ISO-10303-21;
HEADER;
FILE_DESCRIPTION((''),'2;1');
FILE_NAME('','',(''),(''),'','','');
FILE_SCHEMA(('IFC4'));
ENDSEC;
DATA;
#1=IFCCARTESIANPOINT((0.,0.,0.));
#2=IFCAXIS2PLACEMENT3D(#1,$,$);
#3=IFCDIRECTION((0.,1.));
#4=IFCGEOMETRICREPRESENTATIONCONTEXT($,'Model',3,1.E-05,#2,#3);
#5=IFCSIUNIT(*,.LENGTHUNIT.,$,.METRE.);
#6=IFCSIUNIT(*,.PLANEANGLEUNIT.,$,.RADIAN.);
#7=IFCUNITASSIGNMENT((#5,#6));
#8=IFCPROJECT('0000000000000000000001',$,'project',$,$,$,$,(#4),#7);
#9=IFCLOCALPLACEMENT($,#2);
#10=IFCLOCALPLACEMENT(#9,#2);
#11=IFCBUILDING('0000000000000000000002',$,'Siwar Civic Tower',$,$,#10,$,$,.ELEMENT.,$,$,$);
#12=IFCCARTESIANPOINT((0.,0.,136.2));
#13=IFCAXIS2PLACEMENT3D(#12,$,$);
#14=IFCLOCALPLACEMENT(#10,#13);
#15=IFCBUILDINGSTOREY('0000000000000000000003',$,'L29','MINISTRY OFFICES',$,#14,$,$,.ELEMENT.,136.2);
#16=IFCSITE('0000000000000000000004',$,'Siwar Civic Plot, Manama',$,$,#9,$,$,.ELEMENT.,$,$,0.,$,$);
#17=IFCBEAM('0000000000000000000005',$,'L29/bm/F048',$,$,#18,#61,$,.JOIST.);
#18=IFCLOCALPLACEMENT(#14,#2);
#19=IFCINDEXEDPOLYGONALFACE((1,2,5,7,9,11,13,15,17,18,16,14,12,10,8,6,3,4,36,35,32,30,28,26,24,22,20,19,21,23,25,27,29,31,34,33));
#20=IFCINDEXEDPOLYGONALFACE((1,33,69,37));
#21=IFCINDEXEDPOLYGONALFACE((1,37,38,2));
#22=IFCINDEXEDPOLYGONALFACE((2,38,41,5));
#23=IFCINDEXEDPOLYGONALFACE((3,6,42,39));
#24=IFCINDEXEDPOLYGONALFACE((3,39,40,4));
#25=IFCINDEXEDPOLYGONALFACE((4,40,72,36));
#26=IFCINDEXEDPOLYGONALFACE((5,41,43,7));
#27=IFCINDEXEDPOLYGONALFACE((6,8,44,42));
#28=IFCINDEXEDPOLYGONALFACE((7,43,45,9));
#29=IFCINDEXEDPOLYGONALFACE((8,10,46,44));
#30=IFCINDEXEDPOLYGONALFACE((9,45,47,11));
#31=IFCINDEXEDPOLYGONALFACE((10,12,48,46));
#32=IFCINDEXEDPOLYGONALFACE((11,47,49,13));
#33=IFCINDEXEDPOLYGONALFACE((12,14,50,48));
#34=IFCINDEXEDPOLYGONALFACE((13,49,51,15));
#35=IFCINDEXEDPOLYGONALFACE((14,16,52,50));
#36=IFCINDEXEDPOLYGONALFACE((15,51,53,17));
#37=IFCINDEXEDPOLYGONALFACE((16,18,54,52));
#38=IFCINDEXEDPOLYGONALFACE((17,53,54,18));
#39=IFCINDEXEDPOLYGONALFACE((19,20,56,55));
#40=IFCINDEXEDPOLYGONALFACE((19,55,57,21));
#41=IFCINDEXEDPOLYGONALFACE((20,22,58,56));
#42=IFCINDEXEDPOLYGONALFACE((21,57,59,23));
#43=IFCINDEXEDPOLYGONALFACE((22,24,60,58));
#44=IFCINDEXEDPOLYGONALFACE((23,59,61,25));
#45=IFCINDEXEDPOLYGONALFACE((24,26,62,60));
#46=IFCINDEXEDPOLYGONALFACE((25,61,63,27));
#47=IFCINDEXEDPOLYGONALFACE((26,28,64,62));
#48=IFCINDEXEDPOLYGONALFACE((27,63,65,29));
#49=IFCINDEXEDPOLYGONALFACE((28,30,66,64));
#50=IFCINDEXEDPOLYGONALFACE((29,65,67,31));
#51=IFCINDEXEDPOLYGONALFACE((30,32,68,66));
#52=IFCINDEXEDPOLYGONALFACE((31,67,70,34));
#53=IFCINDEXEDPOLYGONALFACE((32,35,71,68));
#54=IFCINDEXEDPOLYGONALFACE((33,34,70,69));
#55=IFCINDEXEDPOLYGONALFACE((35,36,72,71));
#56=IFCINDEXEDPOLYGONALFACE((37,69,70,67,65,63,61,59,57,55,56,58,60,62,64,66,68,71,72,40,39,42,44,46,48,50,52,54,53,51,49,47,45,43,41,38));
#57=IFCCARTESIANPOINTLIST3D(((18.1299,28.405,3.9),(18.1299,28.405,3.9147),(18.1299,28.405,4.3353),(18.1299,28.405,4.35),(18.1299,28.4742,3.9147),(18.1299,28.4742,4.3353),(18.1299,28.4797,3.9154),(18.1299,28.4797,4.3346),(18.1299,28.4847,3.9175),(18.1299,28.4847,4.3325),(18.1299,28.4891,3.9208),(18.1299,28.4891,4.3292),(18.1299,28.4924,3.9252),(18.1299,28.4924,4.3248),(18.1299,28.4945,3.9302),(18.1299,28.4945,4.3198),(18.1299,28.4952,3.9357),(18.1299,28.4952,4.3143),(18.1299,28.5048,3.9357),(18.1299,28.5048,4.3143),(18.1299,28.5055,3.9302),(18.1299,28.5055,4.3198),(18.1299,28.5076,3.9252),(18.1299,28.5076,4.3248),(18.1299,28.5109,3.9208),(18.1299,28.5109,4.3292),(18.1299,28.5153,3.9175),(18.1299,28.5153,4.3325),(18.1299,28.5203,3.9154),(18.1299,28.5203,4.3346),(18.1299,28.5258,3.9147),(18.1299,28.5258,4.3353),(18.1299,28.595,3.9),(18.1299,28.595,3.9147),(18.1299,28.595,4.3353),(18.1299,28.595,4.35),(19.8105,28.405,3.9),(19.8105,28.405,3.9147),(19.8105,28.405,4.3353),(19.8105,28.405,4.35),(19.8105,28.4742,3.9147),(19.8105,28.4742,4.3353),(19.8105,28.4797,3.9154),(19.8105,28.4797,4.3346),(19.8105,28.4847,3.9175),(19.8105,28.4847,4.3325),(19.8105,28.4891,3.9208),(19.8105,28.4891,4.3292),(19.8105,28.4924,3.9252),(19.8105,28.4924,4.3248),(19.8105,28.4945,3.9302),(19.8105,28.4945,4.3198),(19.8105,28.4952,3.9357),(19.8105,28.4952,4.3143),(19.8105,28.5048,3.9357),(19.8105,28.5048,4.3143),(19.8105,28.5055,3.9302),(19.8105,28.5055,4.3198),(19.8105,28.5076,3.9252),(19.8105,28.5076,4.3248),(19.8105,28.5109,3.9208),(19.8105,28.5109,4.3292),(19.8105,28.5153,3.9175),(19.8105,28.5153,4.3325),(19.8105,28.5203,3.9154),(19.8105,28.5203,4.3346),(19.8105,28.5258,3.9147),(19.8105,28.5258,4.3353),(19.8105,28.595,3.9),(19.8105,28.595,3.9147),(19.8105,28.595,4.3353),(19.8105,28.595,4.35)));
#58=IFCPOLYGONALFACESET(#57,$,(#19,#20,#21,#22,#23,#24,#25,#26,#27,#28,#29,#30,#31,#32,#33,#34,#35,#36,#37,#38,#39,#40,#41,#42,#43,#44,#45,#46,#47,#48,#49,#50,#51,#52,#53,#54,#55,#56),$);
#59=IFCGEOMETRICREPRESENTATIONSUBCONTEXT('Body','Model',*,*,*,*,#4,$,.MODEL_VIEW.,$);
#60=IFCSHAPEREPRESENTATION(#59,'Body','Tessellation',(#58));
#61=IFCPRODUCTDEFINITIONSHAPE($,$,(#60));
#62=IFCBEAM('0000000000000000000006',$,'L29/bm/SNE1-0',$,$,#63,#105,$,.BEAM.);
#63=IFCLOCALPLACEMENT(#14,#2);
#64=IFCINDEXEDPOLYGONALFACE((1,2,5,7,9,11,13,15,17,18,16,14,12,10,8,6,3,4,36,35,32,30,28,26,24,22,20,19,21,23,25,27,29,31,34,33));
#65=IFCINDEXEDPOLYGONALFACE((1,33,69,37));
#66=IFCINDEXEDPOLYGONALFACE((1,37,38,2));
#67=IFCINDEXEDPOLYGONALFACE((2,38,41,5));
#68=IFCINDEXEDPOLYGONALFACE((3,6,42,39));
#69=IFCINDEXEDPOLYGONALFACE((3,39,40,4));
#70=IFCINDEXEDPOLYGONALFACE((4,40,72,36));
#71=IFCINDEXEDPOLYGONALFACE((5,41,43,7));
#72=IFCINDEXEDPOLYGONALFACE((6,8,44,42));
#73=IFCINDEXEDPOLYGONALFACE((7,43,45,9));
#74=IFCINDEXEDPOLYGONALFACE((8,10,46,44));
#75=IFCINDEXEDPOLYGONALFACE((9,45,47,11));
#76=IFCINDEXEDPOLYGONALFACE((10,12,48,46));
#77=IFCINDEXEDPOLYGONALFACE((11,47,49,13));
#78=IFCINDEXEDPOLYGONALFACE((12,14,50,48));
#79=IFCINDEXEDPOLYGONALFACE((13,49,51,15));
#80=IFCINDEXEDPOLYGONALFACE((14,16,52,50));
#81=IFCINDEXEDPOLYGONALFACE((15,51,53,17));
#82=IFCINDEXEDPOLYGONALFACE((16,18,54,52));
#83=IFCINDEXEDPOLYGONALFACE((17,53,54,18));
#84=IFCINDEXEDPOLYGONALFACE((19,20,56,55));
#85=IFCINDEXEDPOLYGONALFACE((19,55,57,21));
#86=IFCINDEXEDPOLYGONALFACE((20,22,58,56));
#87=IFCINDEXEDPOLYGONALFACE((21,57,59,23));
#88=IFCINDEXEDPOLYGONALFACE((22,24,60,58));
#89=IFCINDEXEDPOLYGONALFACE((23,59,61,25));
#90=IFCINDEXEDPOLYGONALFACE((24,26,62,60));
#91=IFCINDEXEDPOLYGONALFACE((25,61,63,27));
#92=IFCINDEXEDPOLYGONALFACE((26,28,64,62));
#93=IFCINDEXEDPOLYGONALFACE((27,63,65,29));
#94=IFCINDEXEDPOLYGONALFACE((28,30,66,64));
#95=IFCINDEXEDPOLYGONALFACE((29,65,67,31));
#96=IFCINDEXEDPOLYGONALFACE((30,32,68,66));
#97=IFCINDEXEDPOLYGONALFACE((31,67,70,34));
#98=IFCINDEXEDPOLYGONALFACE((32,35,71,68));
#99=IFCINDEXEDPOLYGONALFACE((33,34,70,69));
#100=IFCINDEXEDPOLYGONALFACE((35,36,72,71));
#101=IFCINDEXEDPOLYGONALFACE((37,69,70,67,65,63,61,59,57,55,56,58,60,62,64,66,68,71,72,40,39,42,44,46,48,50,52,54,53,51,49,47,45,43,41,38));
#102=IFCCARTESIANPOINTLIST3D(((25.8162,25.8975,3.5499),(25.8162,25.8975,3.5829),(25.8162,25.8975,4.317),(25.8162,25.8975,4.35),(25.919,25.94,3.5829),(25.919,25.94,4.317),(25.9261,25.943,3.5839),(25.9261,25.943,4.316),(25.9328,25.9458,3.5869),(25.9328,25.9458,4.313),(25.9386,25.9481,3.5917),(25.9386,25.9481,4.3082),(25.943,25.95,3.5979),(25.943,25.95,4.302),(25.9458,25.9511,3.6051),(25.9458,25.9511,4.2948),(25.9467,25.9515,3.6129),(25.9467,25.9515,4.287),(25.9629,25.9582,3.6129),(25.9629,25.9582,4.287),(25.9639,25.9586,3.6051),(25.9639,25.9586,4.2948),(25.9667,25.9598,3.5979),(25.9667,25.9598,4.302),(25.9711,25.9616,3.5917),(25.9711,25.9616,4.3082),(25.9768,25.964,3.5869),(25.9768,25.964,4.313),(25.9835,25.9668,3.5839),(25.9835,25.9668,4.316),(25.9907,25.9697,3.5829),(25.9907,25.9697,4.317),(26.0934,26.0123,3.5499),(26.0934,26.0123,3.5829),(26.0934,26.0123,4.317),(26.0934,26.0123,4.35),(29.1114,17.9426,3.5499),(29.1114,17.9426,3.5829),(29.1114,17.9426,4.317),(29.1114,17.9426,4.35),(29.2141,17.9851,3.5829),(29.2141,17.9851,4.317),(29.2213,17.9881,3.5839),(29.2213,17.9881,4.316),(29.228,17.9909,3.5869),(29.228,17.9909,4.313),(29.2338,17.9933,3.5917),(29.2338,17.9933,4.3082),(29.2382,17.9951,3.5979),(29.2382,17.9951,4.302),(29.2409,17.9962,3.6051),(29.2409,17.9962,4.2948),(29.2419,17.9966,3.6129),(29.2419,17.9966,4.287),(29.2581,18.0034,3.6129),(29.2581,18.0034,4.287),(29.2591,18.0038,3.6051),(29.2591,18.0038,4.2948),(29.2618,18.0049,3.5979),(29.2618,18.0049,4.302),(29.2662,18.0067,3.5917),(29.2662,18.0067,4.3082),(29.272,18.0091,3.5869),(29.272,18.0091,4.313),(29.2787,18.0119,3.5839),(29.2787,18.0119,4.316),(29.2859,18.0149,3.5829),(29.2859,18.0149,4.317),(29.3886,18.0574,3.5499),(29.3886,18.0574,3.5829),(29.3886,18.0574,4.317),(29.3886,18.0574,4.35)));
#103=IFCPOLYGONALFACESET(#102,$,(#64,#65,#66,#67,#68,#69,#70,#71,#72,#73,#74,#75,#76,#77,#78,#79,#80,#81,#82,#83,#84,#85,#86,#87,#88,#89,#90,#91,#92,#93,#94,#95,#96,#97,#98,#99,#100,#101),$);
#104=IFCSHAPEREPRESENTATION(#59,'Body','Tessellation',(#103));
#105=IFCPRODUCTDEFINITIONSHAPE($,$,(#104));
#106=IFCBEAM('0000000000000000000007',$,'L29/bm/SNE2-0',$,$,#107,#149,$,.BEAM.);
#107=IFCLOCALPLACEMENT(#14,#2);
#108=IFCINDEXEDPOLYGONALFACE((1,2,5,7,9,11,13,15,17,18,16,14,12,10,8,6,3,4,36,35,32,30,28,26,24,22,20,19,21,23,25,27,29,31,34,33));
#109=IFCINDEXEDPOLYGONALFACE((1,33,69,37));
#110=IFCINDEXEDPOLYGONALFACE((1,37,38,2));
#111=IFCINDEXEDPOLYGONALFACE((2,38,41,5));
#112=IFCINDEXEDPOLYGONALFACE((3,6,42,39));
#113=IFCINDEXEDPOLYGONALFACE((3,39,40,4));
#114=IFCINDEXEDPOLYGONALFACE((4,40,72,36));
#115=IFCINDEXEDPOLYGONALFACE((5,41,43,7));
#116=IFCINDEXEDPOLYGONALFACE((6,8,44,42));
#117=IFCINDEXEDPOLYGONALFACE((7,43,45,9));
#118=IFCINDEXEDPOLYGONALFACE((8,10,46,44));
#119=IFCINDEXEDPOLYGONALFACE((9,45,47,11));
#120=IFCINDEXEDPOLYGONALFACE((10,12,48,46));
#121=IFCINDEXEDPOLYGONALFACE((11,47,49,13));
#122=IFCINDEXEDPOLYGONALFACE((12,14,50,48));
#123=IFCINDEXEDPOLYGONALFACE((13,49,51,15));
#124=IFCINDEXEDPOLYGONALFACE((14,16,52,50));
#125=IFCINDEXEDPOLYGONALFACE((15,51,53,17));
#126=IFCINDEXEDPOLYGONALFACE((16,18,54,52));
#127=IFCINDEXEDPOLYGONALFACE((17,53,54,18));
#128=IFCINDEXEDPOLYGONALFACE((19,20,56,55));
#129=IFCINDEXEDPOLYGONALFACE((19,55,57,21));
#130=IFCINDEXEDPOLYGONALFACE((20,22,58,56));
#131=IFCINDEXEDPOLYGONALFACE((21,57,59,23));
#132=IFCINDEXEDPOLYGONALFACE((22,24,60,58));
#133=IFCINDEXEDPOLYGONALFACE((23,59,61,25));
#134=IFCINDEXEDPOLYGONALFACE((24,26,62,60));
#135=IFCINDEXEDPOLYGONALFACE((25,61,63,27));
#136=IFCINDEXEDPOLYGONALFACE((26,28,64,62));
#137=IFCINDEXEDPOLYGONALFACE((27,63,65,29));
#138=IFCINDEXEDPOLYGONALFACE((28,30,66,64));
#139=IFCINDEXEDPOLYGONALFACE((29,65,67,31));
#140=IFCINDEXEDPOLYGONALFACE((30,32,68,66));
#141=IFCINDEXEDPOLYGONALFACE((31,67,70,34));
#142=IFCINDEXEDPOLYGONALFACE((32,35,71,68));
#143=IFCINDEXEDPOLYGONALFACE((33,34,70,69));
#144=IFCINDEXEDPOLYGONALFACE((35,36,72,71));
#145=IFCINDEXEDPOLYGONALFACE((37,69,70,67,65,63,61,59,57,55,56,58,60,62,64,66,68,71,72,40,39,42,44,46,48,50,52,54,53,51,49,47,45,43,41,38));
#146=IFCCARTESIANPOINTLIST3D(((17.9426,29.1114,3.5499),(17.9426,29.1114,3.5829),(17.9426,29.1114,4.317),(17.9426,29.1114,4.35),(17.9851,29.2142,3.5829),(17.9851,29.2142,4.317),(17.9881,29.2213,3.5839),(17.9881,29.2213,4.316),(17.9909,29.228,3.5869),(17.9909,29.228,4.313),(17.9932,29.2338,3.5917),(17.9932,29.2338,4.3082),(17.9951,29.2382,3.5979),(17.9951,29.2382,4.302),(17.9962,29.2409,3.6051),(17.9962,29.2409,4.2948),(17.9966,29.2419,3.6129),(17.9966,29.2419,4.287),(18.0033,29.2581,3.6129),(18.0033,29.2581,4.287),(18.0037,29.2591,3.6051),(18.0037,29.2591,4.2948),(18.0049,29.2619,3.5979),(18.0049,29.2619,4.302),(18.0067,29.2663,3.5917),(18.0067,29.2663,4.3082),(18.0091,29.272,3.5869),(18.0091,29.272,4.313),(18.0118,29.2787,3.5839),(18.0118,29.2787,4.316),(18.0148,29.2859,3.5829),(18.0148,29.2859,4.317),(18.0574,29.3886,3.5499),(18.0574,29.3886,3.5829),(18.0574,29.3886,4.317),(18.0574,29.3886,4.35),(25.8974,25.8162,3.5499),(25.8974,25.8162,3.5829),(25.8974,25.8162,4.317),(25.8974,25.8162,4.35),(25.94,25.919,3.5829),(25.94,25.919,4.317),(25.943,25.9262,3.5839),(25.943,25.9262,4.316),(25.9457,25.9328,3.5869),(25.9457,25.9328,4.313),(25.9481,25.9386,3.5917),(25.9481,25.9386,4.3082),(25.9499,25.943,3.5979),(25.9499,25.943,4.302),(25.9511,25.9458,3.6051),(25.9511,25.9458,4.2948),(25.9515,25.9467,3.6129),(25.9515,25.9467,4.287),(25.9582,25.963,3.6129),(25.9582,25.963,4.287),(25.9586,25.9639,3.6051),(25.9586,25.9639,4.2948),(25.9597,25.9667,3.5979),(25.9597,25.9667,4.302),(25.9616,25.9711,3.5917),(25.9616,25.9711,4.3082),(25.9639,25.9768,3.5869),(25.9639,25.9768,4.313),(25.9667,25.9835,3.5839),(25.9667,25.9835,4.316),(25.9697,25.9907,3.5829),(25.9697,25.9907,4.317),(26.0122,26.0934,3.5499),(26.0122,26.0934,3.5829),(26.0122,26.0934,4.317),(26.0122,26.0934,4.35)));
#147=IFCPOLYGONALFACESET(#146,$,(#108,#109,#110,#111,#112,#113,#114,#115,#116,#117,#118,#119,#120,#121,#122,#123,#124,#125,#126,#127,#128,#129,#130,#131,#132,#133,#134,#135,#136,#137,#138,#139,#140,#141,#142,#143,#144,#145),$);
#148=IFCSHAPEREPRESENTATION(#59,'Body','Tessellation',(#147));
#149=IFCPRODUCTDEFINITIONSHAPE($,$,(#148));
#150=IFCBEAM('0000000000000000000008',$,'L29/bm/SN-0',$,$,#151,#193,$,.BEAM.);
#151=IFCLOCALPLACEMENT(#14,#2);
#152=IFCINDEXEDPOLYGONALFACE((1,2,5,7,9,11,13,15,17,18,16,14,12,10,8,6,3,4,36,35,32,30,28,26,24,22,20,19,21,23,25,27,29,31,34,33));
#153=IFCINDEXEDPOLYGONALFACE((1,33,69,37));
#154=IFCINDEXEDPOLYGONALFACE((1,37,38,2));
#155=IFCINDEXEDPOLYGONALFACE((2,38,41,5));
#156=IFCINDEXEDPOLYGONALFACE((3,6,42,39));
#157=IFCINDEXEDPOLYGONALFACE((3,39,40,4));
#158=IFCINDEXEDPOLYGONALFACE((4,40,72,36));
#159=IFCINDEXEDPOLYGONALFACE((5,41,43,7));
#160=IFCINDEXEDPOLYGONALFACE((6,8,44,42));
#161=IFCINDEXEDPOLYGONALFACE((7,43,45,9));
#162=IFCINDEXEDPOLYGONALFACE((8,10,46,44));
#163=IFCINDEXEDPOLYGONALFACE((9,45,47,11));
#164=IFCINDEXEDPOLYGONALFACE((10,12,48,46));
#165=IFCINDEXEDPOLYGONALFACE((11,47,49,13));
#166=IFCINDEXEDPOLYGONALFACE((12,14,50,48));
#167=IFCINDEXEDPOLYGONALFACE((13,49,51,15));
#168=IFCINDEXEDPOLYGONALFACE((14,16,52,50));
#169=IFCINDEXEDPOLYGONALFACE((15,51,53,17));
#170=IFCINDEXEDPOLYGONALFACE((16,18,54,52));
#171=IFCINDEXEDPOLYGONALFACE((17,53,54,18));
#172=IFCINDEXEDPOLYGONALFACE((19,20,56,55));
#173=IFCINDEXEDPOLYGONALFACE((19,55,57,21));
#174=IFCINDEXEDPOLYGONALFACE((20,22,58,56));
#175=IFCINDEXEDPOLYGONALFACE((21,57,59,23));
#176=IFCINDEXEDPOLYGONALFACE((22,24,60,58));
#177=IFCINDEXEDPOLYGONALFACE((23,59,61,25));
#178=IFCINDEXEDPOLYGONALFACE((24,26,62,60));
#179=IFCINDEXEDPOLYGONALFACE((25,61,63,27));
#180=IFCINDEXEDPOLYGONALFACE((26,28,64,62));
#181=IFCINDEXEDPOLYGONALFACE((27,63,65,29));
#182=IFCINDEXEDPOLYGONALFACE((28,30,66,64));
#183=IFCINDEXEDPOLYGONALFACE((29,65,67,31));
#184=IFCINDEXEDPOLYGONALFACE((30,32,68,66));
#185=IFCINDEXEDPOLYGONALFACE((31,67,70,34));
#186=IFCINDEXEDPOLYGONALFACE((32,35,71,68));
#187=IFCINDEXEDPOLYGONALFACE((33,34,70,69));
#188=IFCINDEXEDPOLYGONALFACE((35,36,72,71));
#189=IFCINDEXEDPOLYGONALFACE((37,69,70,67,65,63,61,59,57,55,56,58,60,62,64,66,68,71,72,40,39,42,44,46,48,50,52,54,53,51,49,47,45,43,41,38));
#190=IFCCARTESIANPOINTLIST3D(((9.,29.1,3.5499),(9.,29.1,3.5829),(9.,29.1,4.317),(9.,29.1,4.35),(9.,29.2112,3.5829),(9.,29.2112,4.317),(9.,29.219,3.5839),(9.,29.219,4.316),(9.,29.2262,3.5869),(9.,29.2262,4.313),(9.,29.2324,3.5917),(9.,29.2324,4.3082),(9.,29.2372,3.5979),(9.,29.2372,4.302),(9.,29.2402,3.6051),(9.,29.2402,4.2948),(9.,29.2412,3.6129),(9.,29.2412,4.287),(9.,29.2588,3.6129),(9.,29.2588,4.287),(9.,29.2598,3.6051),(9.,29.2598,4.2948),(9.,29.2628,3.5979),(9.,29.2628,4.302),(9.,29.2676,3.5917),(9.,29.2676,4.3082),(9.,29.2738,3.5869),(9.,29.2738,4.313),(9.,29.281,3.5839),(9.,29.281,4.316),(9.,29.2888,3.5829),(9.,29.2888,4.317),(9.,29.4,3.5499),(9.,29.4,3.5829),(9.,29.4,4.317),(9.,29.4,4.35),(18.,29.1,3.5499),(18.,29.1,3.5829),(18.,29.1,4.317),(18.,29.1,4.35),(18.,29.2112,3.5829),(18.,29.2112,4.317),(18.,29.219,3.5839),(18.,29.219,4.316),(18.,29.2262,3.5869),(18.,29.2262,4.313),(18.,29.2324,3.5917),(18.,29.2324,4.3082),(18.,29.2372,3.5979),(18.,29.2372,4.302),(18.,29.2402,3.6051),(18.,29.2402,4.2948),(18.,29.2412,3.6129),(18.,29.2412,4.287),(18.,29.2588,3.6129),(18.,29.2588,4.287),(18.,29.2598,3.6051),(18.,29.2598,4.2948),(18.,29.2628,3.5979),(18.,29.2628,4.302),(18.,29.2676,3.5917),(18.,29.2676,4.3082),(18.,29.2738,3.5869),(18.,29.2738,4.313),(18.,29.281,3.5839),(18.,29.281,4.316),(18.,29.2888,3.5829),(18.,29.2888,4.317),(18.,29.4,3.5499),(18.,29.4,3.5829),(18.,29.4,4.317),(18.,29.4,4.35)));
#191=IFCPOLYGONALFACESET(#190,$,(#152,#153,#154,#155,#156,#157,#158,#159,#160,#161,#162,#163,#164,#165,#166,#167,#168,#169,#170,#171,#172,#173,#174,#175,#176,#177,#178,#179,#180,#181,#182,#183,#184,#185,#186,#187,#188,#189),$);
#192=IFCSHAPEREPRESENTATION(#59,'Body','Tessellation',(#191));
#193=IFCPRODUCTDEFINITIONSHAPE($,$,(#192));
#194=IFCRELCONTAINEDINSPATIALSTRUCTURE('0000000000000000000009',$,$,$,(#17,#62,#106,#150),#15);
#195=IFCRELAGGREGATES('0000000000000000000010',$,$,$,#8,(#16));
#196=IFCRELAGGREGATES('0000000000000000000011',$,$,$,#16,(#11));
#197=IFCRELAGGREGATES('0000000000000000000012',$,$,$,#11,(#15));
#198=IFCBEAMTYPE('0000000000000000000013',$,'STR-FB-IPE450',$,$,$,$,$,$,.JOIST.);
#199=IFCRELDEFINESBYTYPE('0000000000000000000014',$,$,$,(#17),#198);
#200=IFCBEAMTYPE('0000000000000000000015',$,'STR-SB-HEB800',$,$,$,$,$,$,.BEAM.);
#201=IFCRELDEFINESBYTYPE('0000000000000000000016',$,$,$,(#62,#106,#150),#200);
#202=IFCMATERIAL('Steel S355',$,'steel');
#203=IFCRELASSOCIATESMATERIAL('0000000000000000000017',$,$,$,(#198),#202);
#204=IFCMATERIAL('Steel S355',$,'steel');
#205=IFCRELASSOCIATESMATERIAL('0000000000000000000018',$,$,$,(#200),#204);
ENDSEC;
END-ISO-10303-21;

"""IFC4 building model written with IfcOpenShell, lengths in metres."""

from ifc_helpers import new_model, si_unit, direction, frame, origin, origin_2d, place, context, subcontext, project, spatial, i_section, extrude, material, material_profile, profile_set, type_object, element, save


model = new_model("IFC4")

# Units and contexts
model_context = context("Model", 3, precision=1e-05, world=origin(), true_north=direction((0.0, 1.0)))
body_context = subcontext(model_context, "Body", "Model", "MODEL_VIEW")
ifc_project = project(units=[si_unit("LENGTHUNIT", "METRE"), si_unit("PLANEANGLEUNIT", "RADIAN")], contexts=[model_context])

# Site, building, storey
site_placement = place(None, origin())
site = spatial("IfcSite", under=ifc_project, at=site_placement, Name="Siwar Civic Plot, Manama", CompositionType="ELEMENT", RefElevation=0.0)
building_placement = place(site_placement, origin())
building = spatial("IfcBuilding", under=site, at=building_placement, Name="Siwar Civic Tower", CompositionType="ELEMENT")
storey_placement = place(building_placement, frame((0.0, 0.0, 136.2)))
storey = spatial("IfcBuildingStorey", under=building, at=storey_placement, Name="L29", Description="MINISTRY OFFICES", CompositionType="ELEMENT", Elevation=136.2)

# Beams
ifc_material_1 = material(Name="Steel S355", Category="steel")
ifc_material_profile_1 = material_profile(ifc_material_1, i_section(OverallWidth=0.1899, OverallDepth=0.45, WebThickness=0.0095, FlangeThickness=0.0146, FilletRadius=0.021, at=origin_2d()), Name="IPE450")
ifc_profile_set_1 = profile_set([ifc_material_profile_1], Name="Steel S355")
beam_type_1 = type_object("IfcBeamType", Name="STR-FB-IPE450", PredefinedType="JOIST", material=ifc_profile_set_1)
beam_1_placement = place(storey_placement, frame((18.1299, 28.5, 4.125), z_axis=(1.0, 0.0, 0.0), x_axis=(0.0, 1.0, 0.0)))
element("IfcBeam", 1, at=beam_1_placement, inside=storey, type_object=beam_type_1, Name="L29/bm/F048", PredefinedType="JOIST", context=body_context, shape_type="SweptSolid", body=[
    extrude(i_section(OverallWidth=0.1899, OverallDepth=0.45, WebThickness=0.0095, FlangeThickness=0.0146, FilletRadius=0.021, at=origin_2d()), origin(), (0.0, 0.0, 1.0), 1.6807),
])
ifc_material_2 = material(Name="Steel S355", Category="steel")
ifc_material_profile_2 = material_profile(ifc_material_2, i_section(OverallWidth=0.3, OverallDepth=0.8, WebThickness=0.0176, FlangeThickness=0.033, FilletRadius=0.03, at=origin_2d()), Name="HEB800")
ifc_profile_set_2 = profile_set([ifc_material_profile_2], Name="Steel S355")
beam_type_2 = type_object("IfcBeamType", Name="STR-SB-HEB800", PredefinedType="BEAM", material=ifc_profile_set_2)
for number, where, z_axis, x_axis, name in (
    (2, (29.25, 18.0, 3.95), (-0.3827, 0.923873, 0.0), (-0.923873, -0.3827, 0.0), "L29/bm/SNE1-0"),
    (3, (25.9548, 25.9548, 3.95), (-0.923873, 0.3827, 0.0), (-0.3827, -0.923873, 0.0), "L29/bm/SNE2-0"),
):
    element("IfcBeam", number, at=place(storey_placement, frame(where, z_axis=z_axis, x_axis=x_axis)), inside=storey, type_object=beam_type_2, Name=name, PredefinedType="BEAM", context=body_context, shape_type="SweptSolid", body=[
        extrude(i_section(OverallWidth=0.3, OverallDepth=0.8, WebThickness=0.0176, FlangeThickness=0.033, FilletRadius=0.03, at=origin_2d()), origin(), (0.0, 0.0, 1.0), 8.6104),
    ])
beam_2_placement = place(storey_placement, frame((18.0, 29.25, 3.95), z_axis=(-1.0, 0.0, 0.0), x_axis=(0.0, -1.0, 0.0)))
element("IfcBeam", 4, at=beam_2_placement, inside=storey, type_object=beam_type_2, Name="L29/bm/SN-0", PredefinedType="BEAM", context=body_context, shape_type="SweptSolid", body=[
    extrude(i_section(OverallWidth=0.3, OverallDepth=0.8, WebThickness=0.0176, FlangeThickness=0.033, FilletRadius=0.03, at=origin_2d()), origin(), (0.0, 0.0, 1.0), 9.0),
])

save(model, "model.ifc")
